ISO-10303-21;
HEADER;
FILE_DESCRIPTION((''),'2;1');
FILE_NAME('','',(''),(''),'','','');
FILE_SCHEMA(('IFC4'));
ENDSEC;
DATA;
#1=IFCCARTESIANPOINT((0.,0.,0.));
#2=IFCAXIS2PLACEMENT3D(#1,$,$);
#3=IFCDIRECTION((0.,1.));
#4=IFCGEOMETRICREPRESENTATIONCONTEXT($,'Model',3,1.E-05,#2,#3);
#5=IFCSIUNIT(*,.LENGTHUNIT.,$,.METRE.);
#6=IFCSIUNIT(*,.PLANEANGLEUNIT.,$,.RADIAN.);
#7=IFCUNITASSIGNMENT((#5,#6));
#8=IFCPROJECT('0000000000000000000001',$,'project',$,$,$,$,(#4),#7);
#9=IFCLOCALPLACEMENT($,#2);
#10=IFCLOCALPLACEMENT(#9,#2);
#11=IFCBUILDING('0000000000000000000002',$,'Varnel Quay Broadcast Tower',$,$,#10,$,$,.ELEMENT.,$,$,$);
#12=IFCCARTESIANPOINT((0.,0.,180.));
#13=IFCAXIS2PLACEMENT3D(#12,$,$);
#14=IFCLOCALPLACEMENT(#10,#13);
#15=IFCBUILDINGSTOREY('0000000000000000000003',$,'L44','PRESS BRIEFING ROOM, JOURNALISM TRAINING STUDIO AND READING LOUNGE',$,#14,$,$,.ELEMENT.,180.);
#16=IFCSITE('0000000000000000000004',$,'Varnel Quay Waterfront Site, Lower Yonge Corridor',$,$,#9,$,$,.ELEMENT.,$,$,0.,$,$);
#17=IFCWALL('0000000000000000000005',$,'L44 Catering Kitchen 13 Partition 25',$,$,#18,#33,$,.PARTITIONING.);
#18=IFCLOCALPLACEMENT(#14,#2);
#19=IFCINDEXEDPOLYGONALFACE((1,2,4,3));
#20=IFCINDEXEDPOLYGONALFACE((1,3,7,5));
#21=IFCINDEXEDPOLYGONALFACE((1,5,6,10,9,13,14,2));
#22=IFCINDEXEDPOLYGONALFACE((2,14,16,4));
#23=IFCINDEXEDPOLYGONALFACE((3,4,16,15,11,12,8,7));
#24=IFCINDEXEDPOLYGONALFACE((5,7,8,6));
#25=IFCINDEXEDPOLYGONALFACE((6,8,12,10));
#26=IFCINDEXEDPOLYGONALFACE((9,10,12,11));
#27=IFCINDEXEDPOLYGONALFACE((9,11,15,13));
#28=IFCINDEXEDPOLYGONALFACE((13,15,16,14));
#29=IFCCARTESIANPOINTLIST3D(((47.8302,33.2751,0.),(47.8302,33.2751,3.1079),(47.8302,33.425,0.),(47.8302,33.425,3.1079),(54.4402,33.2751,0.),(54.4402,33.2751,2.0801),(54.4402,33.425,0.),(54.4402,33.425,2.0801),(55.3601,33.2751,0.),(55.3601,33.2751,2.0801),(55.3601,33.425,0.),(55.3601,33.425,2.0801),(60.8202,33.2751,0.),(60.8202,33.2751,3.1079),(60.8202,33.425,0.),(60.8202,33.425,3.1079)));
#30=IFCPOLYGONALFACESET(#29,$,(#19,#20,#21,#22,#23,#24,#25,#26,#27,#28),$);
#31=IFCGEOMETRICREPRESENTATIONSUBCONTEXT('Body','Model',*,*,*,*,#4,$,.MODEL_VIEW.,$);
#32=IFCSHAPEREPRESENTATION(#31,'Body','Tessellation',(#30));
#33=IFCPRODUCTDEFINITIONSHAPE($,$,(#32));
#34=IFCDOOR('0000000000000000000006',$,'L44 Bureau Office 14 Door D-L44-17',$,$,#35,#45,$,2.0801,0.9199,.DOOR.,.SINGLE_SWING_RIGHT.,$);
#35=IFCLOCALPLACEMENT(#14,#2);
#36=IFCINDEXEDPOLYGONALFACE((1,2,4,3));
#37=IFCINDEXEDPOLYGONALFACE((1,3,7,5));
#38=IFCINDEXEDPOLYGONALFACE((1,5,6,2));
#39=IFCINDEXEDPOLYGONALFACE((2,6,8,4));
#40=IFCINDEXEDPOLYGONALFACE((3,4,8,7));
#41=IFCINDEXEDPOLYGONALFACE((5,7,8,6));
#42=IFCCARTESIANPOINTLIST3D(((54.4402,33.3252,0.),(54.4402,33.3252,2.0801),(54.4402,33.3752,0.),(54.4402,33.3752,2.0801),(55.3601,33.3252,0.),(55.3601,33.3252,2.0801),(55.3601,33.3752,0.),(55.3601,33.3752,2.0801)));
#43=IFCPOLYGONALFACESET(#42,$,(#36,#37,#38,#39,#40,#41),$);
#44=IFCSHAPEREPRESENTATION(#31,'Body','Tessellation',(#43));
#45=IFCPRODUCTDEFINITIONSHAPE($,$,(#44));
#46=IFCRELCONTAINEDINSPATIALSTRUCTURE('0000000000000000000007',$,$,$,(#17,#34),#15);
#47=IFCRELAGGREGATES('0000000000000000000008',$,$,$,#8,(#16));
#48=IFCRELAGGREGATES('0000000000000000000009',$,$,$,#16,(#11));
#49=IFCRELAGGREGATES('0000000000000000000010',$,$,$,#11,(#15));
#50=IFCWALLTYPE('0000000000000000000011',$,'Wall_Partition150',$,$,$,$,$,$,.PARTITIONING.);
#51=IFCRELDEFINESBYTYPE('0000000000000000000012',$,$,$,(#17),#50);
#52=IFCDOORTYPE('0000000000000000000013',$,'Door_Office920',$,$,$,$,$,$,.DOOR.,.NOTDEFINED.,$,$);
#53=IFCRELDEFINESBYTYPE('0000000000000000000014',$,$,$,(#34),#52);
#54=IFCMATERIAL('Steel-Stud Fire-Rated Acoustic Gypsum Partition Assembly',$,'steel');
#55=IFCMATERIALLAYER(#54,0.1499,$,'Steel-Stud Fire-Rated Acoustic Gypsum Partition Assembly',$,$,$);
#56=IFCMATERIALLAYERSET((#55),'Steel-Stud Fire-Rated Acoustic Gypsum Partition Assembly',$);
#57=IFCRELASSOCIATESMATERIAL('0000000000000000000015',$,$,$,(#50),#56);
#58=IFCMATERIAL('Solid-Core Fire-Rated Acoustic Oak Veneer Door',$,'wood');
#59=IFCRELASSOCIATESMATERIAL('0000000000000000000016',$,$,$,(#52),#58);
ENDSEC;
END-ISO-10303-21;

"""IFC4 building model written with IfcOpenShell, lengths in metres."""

from ifc_helpers import new_model, si_unit, direction, frame, frame_2d, origin, place, context, subcontext, project, spatial, rectangle, extrude, source, transform, mapped, material, layer, layer_set, type_object, type_shapes, element, fill, save


model = new_model("IFC4")

# Units and contexts
model_context = context("Model", 3, precision=1e-05, world=origin(), true_north=direction((0.0, 1.0)))
body_context = subcontext(model_context, "Body", "Model", "MODEL_VIEW")
ifc_project = project(units=[si_unit("LENGTHUNIT", "METRE"), si_unit("PLANEANGLEUNIT", "RADIAN")], contexts=[model_context])

# Site, building, storey
site_placement = place(None, origin())
site = spatial("IfcSite", under=ifc_project, at=site_placement, Name="Varnel Quay Waterfront Site, Lower Yonge Corridor", CompositionType="ELEMENT", RefElevation=0.0)
building_placement = place(site_placement, origin())
building = spatial("IfcBuilding", under=site, at=building_placement, Name="Varnel Quay Broadcast Tower", CompositionType="ELEMENT")
storey_placement = place(building_placement, frame((0.0, 0.0, 180.0)))
storey = spatial("IfcBuildingStorey", under=building, at=storey_placement, Name="L44", Description="PRESS BRIEFING ROOM, JOURNALISM TRAINING STUDIO AND READING LOUNGE", CompositionType="ELEMENT", Elevation=180.0)

# Wall, opening, door
ifc_material_1 = material(Name="Steel-Stud Fire-Rated Acoustic Gypsum Partition Assembly", Category="steel")
ifc_layer_1 = layer(ifc_material_1, 0.1499, Name="Steel-Stud Fire-Rated Acoustic Gypsum Partition Assembly")
ifc_layer_set_1 = layer_set([ifc_layer_1], Name="Steel-Stud Fire-Rated Acoustic Gypsum Partition Assembly")
wall_type_1 = type_object("IfcWallType", Name="Wall_Partition150", PredefinedType="PARTITIONING", material=ifc_layer_set_1)
wall_1_placement = place(storey_placement, frame((47.8301, 33.3501, 0.0), z_axis=(0.0, 0.0, 1.0), x_axis=(1.0, 0.0, 0.0)))
wall_1 = element("IfcWall", 1, at=wall_1_placement, inside=storey, type_object=wall_type_1, Name="L44 Catering Kitchen 13 Partition 25", PredefinedType="PARTITIONING", context=body_context, shape_type="SweptSolid", body=[
    extrude(rectangle(XDim=12.99, YDim=0.1499, at=frame_2d((6.4951, 0.0))), origin(), (0.0, 0.0, 1.0), 3.1079),
])
opening_1_placement = place(wall_1_placement, frame((6.6101, 0.0, 0.0)))
opening_1 = element("IfcOpeningElement", 2, at=opening_1_placement, cuts=wall_1, PredefinedType="OPENING", context=body_context, shape_type="SweptSolid", body=[
    extrude(rectangle(XDim=0.9199, YDim=2.0801, at=frame_2d((0.46, 1.04))), frame((0.0, 0.085, 0.0), z_axis=(0.0, -1.0, 0.0), x_axis=(1.0, 0.0, 0.0)), (0.0, 0.0, 1.0), 0.1699),
])
ifc_material_2 = material(Name="Solid-Core Fire-Rated Acoustic Oak Veneer Door", Category="wood")
door_type_1 = type_object("IfcDoorType", Name="Door_Office920", OperationType="NOTDEFINED", PredefinedType="DOOR", material=ifc_material_2)
shared_shape_1 = source(origin(), body_context, "Body", "SweptSolid", [
    extrude(rectangle(XDim=0.9199, YDim=2.0801, at=frame_2d((0.46, 1.04))), frame((0.0, 0.0249, 0.0), z_axis=(0.0, -1.0, 0.0), x_axis=(1.0, 0.0, 0.0)), (0.0, 0.0, 1.0), 0.05),
])
type_shapes(door_type_1, [shared_shape_1])
door_1_placement = place(opening_1_placement, frame((0.9199, 0.0, 0.0), z_axis=(0.0, 0.0, 1.0), x_axis=(-1.0, 0.0, 0.0)))
door_1 = element("IfcDoor", 3, at=door_1_placement, inside=storey, type_object=door_type_1, Name="L44 Bureau Office 14 Door D-L44-17", OperationType="SINGLE_SWING_RIGHT", OverallHeight=2.0801, OverallWidth=0.9199, PredefinedType="DOOR", context=body_context, shape_type="MappedRepresentation", body=[
    mapped(shared_shape_1, transform((0.0, 0.0, 0.0), x_axis=(1.0, 0.0, 0.0), y_axis=(0.0, 1.0, 0.0), z_axis=(0.0, 0.0, 1.0), scale=1.0)),
])
fill(opening_1, door_1)

save(model, "model.ifc")
